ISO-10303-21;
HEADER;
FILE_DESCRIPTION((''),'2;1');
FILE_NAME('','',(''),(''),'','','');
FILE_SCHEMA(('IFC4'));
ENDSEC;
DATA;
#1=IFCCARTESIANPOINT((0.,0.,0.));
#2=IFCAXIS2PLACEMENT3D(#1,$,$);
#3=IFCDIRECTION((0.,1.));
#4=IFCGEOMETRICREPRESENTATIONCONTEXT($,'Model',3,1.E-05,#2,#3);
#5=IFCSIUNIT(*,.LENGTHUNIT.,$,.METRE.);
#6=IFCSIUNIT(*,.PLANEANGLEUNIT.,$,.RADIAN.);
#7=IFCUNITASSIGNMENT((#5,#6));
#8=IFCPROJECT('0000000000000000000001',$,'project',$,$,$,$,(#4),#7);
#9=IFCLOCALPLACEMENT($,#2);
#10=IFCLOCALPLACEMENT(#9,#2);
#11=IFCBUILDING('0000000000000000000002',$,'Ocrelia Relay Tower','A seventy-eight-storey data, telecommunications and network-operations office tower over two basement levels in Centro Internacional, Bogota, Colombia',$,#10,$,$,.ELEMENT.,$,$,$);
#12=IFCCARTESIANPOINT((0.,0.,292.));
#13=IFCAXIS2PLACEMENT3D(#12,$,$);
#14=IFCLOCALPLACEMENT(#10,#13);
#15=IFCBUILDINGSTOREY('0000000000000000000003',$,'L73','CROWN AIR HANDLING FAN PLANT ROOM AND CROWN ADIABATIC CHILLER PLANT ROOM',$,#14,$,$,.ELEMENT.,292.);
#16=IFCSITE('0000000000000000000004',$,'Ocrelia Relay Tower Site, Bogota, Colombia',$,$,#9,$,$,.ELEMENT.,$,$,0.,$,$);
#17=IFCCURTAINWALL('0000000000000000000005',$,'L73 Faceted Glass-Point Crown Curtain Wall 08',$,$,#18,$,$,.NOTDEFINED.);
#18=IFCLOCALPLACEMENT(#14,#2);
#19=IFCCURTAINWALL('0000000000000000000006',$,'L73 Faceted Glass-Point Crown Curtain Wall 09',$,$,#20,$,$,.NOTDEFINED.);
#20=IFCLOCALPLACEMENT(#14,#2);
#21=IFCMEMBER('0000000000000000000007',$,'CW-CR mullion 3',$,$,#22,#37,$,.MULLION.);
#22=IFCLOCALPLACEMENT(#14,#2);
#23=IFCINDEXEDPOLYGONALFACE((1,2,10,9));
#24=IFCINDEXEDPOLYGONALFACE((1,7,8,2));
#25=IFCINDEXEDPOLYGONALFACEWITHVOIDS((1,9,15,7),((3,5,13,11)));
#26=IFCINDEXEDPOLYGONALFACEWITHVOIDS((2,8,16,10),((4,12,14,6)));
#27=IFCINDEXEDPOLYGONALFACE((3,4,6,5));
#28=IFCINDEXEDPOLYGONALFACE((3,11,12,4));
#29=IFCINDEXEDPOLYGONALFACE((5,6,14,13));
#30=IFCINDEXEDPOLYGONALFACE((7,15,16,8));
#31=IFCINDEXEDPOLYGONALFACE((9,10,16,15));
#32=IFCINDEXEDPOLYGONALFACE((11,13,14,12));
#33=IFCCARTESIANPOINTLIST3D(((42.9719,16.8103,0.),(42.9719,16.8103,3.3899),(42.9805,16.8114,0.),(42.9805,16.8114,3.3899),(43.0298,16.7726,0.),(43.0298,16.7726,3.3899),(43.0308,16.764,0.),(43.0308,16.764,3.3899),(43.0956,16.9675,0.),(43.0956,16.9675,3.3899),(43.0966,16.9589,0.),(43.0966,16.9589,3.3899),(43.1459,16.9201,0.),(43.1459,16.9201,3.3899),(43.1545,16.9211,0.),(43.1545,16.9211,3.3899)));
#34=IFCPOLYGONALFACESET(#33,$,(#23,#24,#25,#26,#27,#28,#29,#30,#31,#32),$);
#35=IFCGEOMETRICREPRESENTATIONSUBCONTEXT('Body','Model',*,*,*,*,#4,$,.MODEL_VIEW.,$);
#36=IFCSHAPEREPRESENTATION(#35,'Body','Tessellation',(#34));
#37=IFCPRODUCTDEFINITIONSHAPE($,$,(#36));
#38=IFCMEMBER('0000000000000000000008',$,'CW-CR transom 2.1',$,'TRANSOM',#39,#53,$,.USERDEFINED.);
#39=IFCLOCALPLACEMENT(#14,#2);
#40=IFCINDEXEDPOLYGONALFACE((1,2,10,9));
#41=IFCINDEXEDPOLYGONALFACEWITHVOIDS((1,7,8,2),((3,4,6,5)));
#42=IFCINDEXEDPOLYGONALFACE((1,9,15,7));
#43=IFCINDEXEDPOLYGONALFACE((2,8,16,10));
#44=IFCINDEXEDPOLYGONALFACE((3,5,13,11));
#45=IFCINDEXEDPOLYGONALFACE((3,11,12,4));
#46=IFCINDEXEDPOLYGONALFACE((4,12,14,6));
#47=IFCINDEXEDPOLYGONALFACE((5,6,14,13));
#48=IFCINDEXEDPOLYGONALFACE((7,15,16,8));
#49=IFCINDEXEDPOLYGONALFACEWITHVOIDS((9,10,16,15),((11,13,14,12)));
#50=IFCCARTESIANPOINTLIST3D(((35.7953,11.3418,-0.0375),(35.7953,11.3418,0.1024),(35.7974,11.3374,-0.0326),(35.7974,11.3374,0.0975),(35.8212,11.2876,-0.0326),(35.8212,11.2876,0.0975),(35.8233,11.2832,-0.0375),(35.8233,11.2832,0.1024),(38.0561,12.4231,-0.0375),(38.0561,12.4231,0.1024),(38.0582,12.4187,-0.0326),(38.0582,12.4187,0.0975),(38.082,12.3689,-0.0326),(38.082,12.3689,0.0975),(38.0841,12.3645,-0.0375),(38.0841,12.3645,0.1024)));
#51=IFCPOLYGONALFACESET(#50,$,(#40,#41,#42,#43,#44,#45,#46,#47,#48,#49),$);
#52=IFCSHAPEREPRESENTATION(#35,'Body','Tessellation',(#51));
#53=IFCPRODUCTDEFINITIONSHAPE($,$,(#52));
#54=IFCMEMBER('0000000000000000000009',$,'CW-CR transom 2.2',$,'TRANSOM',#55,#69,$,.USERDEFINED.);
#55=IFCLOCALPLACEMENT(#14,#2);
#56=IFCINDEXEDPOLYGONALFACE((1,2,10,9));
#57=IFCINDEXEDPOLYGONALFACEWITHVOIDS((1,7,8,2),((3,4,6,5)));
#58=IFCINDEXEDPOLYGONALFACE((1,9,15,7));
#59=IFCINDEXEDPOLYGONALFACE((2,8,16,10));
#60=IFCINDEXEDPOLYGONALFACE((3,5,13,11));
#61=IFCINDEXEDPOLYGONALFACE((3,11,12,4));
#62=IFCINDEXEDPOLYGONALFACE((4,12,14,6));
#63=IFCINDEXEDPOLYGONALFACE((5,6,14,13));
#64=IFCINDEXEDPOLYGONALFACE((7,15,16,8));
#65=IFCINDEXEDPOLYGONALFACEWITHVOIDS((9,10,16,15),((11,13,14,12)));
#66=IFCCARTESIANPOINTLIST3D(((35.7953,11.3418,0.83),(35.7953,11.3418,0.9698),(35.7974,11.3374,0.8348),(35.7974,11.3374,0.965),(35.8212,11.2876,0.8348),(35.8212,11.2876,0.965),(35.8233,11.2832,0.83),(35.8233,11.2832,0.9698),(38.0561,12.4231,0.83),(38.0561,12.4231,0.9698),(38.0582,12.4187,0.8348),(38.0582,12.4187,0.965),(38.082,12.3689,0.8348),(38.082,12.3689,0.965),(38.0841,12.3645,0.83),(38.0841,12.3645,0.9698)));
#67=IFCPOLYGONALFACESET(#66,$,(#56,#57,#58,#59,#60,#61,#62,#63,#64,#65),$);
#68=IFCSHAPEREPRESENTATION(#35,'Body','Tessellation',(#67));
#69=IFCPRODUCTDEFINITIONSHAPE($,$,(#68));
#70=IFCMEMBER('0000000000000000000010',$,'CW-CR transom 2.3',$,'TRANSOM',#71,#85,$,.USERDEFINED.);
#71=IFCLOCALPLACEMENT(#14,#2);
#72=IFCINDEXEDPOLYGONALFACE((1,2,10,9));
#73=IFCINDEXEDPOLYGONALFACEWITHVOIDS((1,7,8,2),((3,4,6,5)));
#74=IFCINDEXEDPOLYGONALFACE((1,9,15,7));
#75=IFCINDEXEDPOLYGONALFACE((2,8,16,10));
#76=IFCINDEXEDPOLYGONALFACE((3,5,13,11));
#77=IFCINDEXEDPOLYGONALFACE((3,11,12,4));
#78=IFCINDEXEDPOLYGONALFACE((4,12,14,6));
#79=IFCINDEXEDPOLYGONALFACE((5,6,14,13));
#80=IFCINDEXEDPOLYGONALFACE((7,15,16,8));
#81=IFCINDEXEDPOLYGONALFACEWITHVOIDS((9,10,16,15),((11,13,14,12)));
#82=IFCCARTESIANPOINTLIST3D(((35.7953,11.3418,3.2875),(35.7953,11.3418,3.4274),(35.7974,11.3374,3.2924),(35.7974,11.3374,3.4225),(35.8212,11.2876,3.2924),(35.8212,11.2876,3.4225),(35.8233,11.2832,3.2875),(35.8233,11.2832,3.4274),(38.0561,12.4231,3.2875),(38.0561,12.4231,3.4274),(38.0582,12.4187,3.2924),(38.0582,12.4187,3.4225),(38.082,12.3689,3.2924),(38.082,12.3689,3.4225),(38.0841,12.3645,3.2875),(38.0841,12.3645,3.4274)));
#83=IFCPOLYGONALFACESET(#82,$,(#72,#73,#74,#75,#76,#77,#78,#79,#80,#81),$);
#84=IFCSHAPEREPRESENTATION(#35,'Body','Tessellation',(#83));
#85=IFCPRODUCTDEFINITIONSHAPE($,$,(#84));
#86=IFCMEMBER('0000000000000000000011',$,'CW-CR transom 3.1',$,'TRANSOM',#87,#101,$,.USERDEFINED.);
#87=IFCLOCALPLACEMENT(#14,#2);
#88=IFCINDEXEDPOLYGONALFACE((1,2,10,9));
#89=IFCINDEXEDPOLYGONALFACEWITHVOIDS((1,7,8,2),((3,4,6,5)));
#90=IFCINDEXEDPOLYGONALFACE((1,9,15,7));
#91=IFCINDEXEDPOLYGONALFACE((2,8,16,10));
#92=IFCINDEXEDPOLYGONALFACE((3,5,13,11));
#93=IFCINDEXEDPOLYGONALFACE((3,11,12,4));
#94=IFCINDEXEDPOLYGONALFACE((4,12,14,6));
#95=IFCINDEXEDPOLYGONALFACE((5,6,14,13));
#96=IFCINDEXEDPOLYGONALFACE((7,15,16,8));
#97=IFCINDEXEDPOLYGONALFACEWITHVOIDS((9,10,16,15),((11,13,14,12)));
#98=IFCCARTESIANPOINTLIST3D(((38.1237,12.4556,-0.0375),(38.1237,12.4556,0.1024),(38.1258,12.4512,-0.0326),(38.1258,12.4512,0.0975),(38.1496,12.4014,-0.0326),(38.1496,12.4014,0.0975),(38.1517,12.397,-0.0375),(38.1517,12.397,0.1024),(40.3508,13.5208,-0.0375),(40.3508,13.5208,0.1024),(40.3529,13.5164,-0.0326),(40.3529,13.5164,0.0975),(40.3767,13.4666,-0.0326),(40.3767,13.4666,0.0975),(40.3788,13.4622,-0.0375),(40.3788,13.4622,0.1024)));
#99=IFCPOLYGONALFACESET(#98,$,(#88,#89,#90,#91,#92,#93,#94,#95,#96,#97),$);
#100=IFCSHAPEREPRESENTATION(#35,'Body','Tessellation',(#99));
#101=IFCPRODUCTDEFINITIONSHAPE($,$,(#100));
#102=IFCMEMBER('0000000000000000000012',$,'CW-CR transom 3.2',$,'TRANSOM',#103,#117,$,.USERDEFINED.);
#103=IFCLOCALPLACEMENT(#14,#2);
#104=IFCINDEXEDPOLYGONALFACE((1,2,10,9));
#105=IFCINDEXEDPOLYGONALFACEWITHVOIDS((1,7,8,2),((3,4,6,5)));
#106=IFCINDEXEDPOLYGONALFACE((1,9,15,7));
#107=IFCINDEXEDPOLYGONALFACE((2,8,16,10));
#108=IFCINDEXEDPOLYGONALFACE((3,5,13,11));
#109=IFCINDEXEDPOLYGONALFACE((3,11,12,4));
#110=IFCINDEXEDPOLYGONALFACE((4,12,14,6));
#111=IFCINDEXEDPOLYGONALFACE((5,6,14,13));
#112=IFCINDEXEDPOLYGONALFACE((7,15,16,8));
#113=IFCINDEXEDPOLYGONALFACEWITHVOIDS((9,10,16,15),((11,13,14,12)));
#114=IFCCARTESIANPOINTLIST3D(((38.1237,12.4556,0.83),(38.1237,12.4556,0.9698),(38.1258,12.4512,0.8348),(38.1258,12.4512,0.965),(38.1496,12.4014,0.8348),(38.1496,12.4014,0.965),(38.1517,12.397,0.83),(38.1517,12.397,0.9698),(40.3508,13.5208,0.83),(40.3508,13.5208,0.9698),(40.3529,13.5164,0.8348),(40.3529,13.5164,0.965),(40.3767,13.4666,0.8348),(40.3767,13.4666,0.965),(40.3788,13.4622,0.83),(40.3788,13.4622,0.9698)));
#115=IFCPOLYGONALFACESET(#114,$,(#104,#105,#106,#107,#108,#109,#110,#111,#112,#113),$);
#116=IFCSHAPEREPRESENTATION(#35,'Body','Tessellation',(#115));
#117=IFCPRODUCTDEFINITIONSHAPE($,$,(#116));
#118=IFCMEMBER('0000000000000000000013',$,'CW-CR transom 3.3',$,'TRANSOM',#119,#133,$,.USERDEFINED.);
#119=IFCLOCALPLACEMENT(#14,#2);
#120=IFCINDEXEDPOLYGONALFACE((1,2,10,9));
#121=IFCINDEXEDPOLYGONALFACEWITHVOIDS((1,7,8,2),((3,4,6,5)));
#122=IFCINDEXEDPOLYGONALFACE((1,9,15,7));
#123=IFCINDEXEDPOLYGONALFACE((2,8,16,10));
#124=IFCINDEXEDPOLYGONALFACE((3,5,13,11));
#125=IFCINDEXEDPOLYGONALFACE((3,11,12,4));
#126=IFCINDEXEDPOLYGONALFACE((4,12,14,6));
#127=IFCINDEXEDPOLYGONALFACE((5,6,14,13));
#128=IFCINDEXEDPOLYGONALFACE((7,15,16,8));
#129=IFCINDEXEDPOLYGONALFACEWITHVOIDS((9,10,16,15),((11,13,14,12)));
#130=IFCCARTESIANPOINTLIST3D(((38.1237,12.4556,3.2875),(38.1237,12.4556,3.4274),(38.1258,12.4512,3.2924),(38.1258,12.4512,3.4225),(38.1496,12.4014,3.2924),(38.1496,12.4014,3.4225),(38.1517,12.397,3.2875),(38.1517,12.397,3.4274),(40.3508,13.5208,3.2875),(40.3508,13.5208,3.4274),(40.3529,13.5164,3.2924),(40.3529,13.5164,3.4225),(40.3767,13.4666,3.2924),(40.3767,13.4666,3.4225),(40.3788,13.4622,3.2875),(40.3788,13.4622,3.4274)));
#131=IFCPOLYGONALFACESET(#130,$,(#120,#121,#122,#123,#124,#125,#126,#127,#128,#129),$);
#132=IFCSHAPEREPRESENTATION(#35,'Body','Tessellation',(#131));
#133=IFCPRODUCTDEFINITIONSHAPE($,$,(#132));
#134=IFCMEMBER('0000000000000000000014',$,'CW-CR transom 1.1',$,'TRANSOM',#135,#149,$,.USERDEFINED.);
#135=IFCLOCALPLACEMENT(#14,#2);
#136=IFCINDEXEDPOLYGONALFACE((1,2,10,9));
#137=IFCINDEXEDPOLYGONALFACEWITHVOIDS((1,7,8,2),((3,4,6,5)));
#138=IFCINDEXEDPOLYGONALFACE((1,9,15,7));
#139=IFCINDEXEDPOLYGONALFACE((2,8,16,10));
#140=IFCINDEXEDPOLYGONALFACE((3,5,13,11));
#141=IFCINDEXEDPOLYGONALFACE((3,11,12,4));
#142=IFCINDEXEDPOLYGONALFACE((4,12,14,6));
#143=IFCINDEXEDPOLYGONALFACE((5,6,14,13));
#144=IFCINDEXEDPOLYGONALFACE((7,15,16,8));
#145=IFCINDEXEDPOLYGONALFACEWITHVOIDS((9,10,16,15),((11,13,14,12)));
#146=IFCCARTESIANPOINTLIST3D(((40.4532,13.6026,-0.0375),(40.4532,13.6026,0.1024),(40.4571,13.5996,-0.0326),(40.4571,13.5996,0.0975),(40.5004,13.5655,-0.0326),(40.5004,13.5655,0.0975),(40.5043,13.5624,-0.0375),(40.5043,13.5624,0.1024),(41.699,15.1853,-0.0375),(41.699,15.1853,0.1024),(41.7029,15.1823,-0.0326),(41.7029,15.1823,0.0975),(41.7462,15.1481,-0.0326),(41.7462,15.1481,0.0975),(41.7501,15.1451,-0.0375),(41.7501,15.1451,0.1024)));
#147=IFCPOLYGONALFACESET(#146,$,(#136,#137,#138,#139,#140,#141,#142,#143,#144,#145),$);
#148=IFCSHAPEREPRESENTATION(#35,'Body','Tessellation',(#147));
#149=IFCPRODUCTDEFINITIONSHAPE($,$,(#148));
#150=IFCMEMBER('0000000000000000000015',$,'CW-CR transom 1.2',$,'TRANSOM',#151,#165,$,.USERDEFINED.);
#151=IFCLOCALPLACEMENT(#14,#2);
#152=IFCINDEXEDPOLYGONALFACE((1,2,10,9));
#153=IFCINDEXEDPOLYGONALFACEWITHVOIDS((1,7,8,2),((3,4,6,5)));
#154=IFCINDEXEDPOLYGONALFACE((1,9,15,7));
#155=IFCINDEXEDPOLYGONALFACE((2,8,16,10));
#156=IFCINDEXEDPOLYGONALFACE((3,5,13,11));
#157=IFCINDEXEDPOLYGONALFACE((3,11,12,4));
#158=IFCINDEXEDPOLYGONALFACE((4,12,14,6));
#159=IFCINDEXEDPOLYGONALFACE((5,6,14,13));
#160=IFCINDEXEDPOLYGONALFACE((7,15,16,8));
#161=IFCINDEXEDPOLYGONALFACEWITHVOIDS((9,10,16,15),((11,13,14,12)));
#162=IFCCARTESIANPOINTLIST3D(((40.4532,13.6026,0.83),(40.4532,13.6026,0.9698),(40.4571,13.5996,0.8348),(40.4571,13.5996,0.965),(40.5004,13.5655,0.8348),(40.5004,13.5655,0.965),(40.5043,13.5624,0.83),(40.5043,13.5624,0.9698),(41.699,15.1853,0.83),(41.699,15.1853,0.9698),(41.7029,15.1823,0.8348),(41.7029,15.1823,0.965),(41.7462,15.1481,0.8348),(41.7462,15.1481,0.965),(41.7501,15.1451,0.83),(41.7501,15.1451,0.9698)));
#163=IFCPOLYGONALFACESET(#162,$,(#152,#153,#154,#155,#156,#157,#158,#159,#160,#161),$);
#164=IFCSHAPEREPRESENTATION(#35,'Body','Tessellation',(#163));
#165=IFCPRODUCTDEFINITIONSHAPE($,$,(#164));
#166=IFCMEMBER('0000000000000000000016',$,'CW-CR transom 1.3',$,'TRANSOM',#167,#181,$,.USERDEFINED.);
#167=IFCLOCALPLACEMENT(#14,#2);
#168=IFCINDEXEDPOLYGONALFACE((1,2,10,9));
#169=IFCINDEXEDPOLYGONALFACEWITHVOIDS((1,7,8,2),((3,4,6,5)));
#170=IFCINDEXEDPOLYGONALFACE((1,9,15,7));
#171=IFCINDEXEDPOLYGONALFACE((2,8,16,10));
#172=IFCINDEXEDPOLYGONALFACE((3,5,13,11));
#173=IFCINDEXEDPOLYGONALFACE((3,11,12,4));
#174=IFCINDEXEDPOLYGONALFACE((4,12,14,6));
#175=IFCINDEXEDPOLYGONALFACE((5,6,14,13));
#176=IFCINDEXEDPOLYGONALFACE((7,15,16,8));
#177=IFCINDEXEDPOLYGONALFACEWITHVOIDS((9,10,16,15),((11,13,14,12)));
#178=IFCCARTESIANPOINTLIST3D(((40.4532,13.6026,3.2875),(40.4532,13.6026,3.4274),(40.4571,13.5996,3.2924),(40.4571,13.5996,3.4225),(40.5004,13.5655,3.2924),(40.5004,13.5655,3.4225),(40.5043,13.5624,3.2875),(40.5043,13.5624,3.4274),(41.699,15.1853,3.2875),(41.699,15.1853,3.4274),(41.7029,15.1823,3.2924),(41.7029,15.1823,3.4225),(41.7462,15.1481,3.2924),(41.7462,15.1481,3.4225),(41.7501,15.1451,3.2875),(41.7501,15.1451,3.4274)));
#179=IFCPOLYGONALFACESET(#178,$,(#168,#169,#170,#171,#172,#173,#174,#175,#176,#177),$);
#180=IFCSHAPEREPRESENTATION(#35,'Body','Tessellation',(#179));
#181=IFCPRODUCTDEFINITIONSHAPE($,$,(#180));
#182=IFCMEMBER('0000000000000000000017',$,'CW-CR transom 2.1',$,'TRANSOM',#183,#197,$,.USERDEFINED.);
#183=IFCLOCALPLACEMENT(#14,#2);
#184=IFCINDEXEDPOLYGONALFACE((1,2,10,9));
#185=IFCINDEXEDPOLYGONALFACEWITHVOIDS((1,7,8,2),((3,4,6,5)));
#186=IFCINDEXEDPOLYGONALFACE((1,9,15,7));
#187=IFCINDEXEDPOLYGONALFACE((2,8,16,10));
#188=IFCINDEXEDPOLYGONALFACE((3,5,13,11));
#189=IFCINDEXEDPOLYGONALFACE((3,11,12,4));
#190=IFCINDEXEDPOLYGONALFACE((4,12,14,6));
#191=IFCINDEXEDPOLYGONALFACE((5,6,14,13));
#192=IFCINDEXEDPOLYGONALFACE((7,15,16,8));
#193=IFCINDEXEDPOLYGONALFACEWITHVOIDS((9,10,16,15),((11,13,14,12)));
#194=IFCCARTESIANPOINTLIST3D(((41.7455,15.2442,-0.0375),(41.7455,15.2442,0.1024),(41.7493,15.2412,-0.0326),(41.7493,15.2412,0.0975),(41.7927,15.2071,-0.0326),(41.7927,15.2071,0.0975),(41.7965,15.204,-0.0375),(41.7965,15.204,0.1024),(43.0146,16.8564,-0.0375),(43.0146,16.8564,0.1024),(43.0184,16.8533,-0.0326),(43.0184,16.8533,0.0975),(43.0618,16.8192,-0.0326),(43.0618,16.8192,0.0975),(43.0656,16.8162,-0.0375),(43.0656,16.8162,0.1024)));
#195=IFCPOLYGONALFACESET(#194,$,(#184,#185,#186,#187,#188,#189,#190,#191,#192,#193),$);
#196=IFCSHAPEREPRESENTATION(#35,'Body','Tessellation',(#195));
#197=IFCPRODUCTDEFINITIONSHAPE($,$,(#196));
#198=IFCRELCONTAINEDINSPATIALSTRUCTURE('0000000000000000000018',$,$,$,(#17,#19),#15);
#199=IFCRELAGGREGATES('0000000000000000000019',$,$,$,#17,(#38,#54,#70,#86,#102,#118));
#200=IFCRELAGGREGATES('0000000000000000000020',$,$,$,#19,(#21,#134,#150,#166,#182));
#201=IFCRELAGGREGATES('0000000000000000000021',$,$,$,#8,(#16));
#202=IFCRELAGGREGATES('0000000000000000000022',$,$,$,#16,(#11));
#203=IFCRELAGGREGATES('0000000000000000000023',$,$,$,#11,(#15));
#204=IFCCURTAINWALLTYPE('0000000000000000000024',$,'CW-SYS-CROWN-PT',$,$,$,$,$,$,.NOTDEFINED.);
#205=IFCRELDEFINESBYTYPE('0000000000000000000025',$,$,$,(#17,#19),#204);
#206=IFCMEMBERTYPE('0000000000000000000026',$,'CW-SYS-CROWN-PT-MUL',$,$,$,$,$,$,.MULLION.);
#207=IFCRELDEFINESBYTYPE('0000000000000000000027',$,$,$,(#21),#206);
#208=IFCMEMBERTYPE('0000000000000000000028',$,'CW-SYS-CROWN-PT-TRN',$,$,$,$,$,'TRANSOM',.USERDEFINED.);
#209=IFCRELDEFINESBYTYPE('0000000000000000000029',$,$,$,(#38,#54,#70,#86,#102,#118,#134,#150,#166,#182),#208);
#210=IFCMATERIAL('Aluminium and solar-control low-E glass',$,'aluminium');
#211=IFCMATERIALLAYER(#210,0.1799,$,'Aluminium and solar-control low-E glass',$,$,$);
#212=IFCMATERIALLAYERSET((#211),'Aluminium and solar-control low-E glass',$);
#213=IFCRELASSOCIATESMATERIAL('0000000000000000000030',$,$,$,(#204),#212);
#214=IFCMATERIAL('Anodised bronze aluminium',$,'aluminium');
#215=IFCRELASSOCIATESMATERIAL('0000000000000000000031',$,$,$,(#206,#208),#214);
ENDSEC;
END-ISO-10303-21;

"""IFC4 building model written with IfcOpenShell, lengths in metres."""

from ifc_helpers import new_model, si_unit, direction, frame, origin, origin_2d, place, context, subcontext, project, spatial, hollow_rectangle, extrude, material, layer, layer_set, material_profile, profile_set, type_object, element, aggregate, save


model = new_model("IFC4")

# Units and contexts
model_context = context("Model", 3, precision=1e-05, world=origin(), true_north=direction((0.0, 1.0)))
body_context = subcontext(model_context, "Body", "Model", "MODEL_VIEW")
ifc_project = project(units=[si_unit("LENGTHUNIT", "METRE"), si_unit("PLANEANGLEUNIT", "RADIAN")], contexts=[model_context])

# Site, building, storey
site_placement = place(None, origin())
site = spatial("IfcSite", under=ifc_project, at=site_placement, Name="Ocrelia Relay Tower Site, Bogota, Colombia", CompositionType="ELEMENT", RefElevation=0.0)
building_placement = place(site_placement, origin())
building = spatial("IfcBuilding", under=site, at=building_placement, Name="Ocrelia Relay Tower", Description="A seventy-eight-storey data, telecommunications and network-operations office tower over two basement levels in Centro Internacional, Bogota, Colombia", CompositionType="ELEMENT")
storey_placement = place(building_placement, frame((0.0, 0.0, 292.0)))
storey = spatial("IfcBuildingStorey", under=building, at=storey_placement, Name="L73", Description="CROWN AIR HANDLING FAN PLANT ROOM AND CROWN ADIABATIC CHILLER PLANT ROOM", CompositionType="ELEMENT", Elevation=292.0)

# Curtain walls, member
ifc_material_1 = material(Name="Aluminium and solar-control low-E glass", Category="aluminium")
ifc_layer_1 = layer(ifc_material_1, 0.1799, Name="Aluminium and solar-control low-E glass")
ifc_layer_set_1 = layer_set([ifc_layer_1], Name="Aluminium and solar-control low-E glass")
curtain_wall_type = type_object("IfcCurtainWallType", Name="CW-SYS-CROWN-PT", PredefinedType="NOTDEFINED", material=ifc_layer_set_1)
curtain_wall_1_placement = place(storey_placement, origin())
curtain_wall_1 = element("IfcCurtainWall", 1, at=curtain_wall_1_placement, inside=storey, type_object=curtain_wall_type, Name="L73 Faceted Glass-Point Crown Curtain Wall 08", PredefinedType="NOTDEFINED")
ifc_material_2 = material(Name="Anodised bronze aluminium", Category="aluminium")
ifc_material_profile_1 = material_profile(ifc_material_2, hollow_rectangle(XDim=0.075, YDim=0.2, WallThickness=0.0061, at=origin_2d()), Name="CW-MUL-200x75")
ifc_profile_set_1 = profile_set([ifc_material_profile_1], Name="Anodised bronze aluminium")
member_type_1 = type_object("IfcMemberType", Name="CW-SYS-CROWN-PT-MUL", PredefinedType="MULLION", material=ifc_profile_set_1)
curtain_wall_2_placement = place(storey_placement, origin())
curtain_wall_2 = element("IfcCurtainWall", 2, at=curtain_wall_2_placement, inside=storey, type_object=curtain_wall_type, Name="L73 Faceted Glass-Point Crown Curtain Wall 09", PredefinedType="NOTDEFINED")
member_1_placement = place(storey_placement, frame((43.0632, 16.8657, 0.0), z_axis=(0.0, 0.0, 1.0), x_axis=(-0.785742, 0.618554, 0.0)))
member_1 = element("IfcMember", 3, at=member_1_placement, type_object=member_type_1, Name="CW-CR mullion 3", PredefinedType="MULLION", context=body_context, shape_type="SweptSolid", body=[
    extrude(hollow_rectangle(XDim=0.075, YDim=0.2, WallThickness=0.0061, at=origin_2d()), origin(), (0.0, 0.0, 1.0), 3.3899),
])

# Members
ifc_material_profile_2 = material_profile(ifc_material_2, hollow_rectangle(XDim=0.0649, YDim=0.1399, WallThickness=0.0049, at=origin_2d()), Name="CW-TRN-140x65")
ifc_profile_set_2 = profile_set([ifc_material_profile_2], Name="Anodised bronze aluminium")
member_type_2 = type_object("IfcMemberType", Name="CW-SYS-CROWN-PT-TRN", ElementType="TRANSOM", PredefinedType="USERDEFINED", material=ifc_profile_set_2)
member_2_placement = place(storey_placement, frame((35.8093, 11.3125, 0.0325), z_axis=(0.902123, 0.43148, 0.0), x_axis=(-0.43148, 0.902123, 0.0)))
member_2 = element("IfcMember", 4, at=member_2_placement, type_object=member_type_2, Name="CW-CR transom 2.1", ObjectType="TRANSOM", PredefinedType="USERDEFINED", context=body_context, shape_type="SweptSolid", body=[
    extrude(hollow_rectangle(XDim=0.0649, YDim=0.1399, WallThickness=0.0049, at=origin_2d()), origin(), (0.0, 0.0, 1.0), 2.5061),
])
member_3_placement = place(storey_placement, frame((35.8093, 11.3125, 0.8999), z_axis=(0.902123, 0.43148, 0.0), x_axis=(-0.43148, 0.902123, 0.0)))
member_3 = element("IfcMember", 5, at=member_3_placement, type_object=member_type_2, Name="CW-CR transom 2.2", ObjectType="TRANSOM", PredefinedType="USERDEFINED", context=body_context, shape_type="SweptSolid", body=[
    extrude(hollow_rectangle(XDim=0.0649, YDim=0.1399, WallThickness=0.0049, at=origin_2d()), origin(), (0.0, 0.0, 1.0), 2.5061),
])
member_4_placement = place(storey_placement, frame((35.8093, 11.3125, 3.3574), z_axis=(0.902123, 0.43148, 0.0), x_axis=(-0.43148, 0.902123, 0.0)))
member_4 = element("IfcMember", 6, at=member_4_placement, type_object=member_type_2, Name="CW-CR transom 2.3", ObjectType="TRANSOM", PredefinedType="USERDEFINED", context=body_context, shape_type="SweptSolid", body=[
    extrude(hollow_rectangle(XDim=0.0649, YDim=0.1399, WallThickness=0.0049, at=origin_2d()), origin(), (0.0, 0.0, 1.0), 2.5061),
])
member_5_placement = place(storey_placement, frame((38.1377, 12.4263, 0.0325), z_axis=(0.902123, 0.43148, 0.0), x_axis=(-0.43148, 0.902123, 0.0)))
member_5 = element("IfcMember", 7, at=member_5_placement, type_object=member_type_2, Name="CW-CR transom 3.1", ObjectType="TRANSOM", PredefinedType="USERDEFINED", context=body_context, shape_type="SweptSolid", body=[
    extrude(hollow_rectangle(XDim=0.0649, YDim=0.1399, WallThickness=0.0049, at=origin_2d()), origin(), (0.0, 0.0, 1.0), 2.4688),
])
member_6_placement = place(storey_placement, frame((38.1377, 12.4263, 0.8999), z_axis=(0.902123, 0.43148, 0.0), x_axis=(-0.43148, 0.902123, 0.0)))
member_6 = element("IfcMember", 8, at=member_6_placement, type_object=member_type_2, Name="CW-CR transom 3.2", ObjectType="TRANSOM", PredefinedType="USERDEFINED", context=body_context, shape_type="SweptSolid", body=[
    extrude(hollow_rectangle(XDim=0.0649, YDim=0.1399, WallThickness=0.0049, at=origin_2d()), origin(), (0.0, 0.0, 1.0), 2.4688),
])
member_7_placement = place(storey_placement, frame((38.1377, 12.4263, 3.3574), z_axis=(0.902123, 0.43148, 0.0), x_axis=(-0.43148, 0.902123, 0.0)))
member_7 = element("IfcMember", 9, at=member_7_placement, type_object=member_type_2, Name="CW-CR transom 3.3", ObjectType="TRANSOM", PredefinedType="USERDEFINED", context=body_context, shape_type="SweptSolid", body=[
    extrude(hollow_rectangle(XDim=0.0649, YDim=0.1399, WallThickness=0.0049, at=origin_2d()), origin(), (0.0, 0.0, 1.0), 2.4688),
])
member_8_placement = place(storey_placement, frame((40.4788, 13.5825, 0.0325), z_axis=(0.618512, 0.785775, 0.0), x_axis=(-0.785775, 0.618512, 0.0)))
member_8 = element("IfcMember", 10, at=member_8_placement, type_object=member_type_2, Name="CW-CR transom 1.1", ObjectType="TRANSOM", PredefinedType="USERDEFINED", context=body_context, shape_type="SweptSolid", body=[
    extrude(hollow_rectangle(XDim=0.0649, YDim=0.1399, WallThickness=0.0049, at=origin_2d()), origin(), (0.0, 0.0, 1.0), 2.0142),
])
member_9_placement = place(storey_placement, frame((40.4788, 13.5825, 0.8999), z_axis=(0.618512, 0.785775, 0.0), x_axis=(-0.785775, 0.618512, 0.0)))
member_9 = element("IfcMember", 11, at=member_9_placement, type_object=member_type_2, Name="CW-CR transom 1.2", ObjectType="TRANSOM", PredefinedType="USERDEFINED", context=body_context, shape_type="SweptSolid", body=[
    extrude(hollow_rectangle(XDim=0.0649, YDim=0.1399, WallThickness=0.0049, at=origin_2d()), origin(), (0.0, 0.0, 1.0), 2.0142),
])
member_10_placement = place(storey_placement, frame((40.4788, 13.5825, 3.3574), z_axis=(0.618512, 0.785775, 0.0), x_axis=(-0.785775, 0.618512, 0.0)))
member_10 = element("IfcMember", 12, at=member_10_placement, type_object=member_type_2, Name="CW-CR transom 1.3", ObjectType="TRANSOM", PredefinedType="USERDEFINED", context=body_context, shape_type="SweptSolid", body=[
    extrude(hollow_rectangle(XDim=0.0649, YDim=0.1399, WallThickness=0.0049, at=origin_2d()), origin(), (0.0, 0.0, 1.0), 2.0142),
])
member_11_placement = place(storey_placement, frame((41.771, 15.2241, 0.0325), z_axis=(0.618552, 0.785744, 0.0), x_axis=(-0.785744, 0.618552, 0.0)))
member_11 = element("IfcMember", 13, at=member_11_placement, type_object=member_type_2, Name="CW-CR transom 2.1", ObjectType="TRANSOM", PredefinedType="USERDEFINED", context=body_context, shape_type="SweptSolid", body=[
    extrude(hollow_rectangle(XDim=0.0649, YDim=0.1399, WallThickness=0.0049, at=origin_2d()), origin(), (0.0, 0.0, 1.0), 2.0518),
])

aggregate(curtain_wall_1, [member_2, member_3, member_4, member_5, member_6, member_7])
aggregate(curtain_wall_2, [member_1, member_8, member_9, member_10, member_11])

save(model, "model.ifc")
